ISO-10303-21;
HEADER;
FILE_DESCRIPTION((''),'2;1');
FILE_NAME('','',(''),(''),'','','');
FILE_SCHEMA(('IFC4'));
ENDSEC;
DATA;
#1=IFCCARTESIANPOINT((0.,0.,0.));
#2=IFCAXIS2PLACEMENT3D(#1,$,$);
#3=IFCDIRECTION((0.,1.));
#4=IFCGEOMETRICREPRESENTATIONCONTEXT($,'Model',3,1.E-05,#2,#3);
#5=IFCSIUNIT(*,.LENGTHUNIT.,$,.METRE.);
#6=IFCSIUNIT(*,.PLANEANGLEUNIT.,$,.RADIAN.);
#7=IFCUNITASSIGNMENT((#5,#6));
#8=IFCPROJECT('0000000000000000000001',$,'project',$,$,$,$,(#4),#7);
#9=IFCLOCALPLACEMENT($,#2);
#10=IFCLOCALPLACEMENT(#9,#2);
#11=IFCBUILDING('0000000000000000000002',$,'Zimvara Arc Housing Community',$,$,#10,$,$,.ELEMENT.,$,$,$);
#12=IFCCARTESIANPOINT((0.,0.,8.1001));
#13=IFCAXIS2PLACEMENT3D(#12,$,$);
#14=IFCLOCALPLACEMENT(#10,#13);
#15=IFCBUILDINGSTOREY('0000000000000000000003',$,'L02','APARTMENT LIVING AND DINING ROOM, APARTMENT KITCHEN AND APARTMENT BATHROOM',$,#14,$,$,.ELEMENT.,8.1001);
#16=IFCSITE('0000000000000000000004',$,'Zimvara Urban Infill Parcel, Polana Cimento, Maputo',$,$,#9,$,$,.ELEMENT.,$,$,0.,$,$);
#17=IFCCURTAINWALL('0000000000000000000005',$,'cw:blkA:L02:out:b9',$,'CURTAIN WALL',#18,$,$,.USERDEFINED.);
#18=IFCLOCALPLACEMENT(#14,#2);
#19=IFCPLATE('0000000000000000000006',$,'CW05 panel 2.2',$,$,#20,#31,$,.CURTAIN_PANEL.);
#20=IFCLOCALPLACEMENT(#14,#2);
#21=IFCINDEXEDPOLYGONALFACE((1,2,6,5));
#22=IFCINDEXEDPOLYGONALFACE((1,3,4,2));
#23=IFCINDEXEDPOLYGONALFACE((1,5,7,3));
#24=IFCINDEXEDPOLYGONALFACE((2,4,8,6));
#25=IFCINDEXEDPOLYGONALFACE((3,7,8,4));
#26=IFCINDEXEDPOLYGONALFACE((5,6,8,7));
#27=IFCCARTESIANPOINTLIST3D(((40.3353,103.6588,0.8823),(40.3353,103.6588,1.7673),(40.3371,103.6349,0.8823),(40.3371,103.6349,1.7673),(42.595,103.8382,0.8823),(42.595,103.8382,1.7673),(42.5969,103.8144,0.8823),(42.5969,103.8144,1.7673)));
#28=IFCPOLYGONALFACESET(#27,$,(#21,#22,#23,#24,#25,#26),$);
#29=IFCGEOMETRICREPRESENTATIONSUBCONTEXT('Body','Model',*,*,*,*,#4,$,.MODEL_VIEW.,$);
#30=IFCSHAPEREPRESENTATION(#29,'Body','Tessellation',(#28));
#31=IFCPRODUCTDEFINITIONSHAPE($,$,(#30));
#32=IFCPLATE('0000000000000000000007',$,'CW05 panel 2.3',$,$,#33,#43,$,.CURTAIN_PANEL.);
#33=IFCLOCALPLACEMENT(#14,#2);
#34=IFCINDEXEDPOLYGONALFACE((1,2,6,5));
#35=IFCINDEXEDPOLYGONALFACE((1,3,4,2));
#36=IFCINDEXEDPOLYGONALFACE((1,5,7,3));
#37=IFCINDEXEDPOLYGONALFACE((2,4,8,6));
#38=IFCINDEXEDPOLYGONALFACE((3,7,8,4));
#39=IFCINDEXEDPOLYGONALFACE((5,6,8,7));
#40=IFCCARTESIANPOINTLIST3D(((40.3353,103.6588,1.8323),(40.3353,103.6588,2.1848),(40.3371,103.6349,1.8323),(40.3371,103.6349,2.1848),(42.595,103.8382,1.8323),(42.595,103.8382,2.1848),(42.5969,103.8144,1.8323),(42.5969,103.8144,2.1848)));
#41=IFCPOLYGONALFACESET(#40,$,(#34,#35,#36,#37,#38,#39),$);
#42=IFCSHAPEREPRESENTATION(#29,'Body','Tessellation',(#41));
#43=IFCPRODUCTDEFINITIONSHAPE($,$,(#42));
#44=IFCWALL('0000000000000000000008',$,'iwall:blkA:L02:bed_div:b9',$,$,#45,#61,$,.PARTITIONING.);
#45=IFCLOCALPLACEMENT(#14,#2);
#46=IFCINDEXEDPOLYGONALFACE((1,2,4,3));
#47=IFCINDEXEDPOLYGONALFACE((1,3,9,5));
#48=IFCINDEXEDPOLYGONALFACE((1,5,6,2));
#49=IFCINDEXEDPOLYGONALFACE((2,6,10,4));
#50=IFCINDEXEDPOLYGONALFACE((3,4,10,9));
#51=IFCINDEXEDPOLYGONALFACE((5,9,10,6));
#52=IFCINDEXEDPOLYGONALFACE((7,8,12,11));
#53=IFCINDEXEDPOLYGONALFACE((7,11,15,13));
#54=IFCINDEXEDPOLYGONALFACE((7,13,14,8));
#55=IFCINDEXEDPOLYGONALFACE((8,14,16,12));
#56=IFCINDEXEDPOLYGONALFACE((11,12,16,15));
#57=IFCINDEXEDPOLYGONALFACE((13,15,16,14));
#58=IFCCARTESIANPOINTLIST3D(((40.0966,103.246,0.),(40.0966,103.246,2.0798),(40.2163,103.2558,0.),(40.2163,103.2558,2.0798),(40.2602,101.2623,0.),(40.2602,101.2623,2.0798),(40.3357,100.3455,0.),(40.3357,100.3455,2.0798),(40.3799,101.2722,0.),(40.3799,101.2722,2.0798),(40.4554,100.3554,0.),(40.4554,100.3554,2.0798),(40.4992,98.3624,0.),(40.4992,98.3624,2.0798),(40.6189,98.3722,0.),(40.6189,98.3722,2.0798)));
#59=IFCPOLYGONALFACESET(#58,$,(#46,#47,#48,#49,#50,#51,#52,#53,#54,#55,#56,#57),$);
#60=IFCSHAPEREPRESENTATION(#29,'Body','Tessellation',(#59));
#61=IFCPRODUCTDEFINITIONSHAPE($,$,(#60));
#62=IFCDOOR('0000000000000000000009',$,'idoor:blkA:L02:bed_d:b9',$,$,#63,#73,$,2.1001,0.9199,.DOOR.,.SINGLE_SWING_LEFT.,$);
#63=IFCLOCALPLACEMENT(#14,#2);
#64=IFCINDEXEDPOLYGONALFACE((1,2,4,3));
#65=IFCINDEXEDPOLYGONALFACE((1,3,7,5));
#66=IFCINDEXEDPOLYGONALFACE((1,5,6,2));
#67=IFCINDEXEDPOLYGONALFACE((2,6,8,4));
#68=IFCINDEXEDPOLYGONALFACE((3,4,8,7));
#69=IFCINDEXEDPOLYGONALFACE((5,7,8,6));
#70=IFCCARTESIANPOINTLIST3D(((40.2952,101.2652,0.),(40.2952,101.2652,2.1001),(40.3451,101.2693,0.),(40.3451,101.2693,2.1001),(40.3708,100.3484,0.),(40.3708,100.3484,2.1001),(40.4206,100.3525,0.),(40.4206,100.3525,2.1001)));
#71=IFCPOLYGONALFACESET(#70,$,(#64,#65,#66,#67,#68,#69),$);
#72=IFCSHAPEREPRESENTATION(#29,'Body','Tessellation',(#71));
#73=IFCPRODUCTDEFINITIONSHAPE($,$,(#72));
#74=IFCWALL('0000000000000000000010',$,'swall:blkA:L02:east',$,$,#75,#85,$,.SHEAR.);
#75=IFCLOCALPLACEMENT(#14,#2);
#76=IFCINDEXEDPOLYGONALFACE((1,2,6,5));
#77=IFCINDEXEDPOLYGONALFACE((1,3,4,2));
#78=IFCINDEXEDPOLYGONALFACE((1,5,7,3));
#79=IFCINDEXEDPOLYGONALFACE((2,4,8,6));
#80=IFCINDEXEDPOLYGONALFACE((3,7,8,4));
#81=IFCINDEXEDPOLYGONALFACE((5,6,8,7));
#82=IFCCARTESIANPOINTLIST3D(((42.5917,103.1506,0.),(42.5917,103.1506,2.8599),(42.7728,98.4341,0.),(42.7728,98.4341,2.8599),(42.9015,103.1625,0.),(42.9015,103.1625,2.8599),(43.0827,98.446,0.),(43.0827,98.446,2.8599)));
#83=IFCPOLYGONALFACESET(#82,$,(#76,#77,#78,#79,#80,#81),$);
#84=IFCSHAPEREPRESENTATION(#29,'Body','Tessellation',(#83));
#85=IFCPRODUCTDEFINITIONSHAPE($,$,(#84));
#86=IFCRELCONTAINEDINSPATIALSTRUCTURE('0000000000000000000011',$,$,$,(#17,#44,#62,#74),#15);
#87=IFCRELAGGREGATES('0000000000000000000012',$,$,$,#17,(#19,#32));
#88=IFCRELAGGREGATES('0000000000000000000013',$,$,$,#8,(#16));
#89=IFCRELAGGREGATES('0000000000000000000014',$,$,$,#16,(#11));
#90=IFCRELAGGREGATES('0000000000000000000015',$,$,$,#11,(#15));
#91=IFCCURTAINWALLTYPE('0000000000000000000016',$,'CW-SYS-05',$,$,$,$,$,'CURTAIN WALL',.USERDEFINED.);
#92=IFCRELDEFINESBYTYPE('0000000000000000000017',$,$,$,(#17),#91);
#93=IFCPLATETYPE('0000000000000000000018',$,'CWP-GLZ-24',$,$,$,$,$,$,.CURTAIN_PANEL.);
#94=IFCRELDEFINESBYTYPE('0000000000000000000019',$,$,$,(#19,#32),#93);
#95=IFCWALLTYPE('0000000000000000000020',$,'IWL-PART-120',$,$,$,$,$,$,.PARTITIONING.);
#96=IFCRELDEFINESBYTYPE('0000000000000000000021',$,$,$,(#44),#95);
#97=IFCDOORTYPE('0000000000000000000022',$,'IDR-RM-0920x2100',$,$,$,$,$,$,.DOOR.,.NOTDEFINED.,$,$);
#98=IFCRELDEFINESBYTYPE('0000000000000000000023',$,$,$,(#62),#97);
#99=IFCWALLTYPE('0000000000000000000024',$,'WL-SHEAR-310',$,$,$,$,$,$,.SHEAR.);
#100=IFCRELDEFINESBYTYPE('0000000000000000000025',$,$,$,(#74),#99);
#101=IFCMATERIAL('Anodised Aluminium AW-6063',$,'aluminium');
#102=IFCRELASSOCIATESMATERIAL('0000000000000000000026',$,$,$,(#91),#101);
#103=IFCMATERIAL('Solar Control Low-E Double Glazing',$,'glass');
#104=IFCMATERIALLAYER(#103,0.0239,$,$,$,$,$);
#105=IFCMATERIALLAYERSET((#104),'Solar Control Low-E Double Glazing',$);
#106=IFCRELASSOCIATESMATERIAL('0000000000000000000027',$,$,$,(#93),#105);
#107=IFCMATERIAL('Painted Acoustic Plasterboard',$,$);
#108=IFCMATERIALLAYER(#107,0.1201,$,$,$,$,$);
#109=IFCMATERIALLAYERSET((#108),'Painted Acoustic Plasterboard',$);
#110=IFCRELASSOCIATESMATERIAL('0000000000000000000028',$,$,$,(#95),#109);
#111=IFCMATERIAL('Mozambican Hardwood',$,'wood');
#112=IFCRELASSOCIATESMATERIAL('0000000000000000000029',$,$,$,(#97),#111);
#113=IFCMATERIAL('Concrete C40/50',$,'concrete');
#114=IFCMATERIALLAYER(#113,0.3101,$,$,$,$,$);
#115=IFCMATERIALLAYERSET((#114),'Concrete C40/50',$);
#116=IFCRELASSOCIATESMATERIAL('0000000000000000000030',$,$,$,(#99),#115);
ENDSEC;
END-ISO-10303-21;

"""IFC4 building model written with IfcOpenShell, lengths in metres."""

from ifc_helpers import new_model, si_unit, direction, frame, frame_2d, origin, origin_2d, place, context, subcontext, project, spatial, rectangle, extrude, material, layer, layer_set, type_object, element, fill, aggregate, save


model = new_model("IFC4")

# Units and contexts
model_context = context("Model", 3, precision=1e-05, world=origin(), true_north=direction((0.0, 1.0)))
body_context = subcontext(model_context, "Body", "Model", "MODEL_VIEW")
ifc_project = project(units=[si_unit("LENGTHUNIT", "METRE"), si_unit("PLANEANGLEUNIT", "RADIAN")], contexts=[model_context])

# Site, building, storey
site_placement = place(None, origin())
site = spatial("IfcSite", under=ifc_project, at=site_placement, Name="Zimvara Urban Infill Parcel, Polana Cimento, Maputo", CompositionType="ELEMENT", RefElevation=0.0)
building_placement = place(site_placement, origin())
building = spatial("IfcBuilding", under=site, at=building_placement, Name="Zimvara Arc Housing Community", CompositionType="ELEMENT")
storey_placement = place(building_placement, frame((0.0, 0.0, 8.1001)))
storey = spatial("IfcBuildingStorey", under=building, at=storey_placement, Name="L02", Description="APARTMENT LIVING AND DINING ROOM, APARTMENT KITCHEN AND APARTMENT BATHROOM", CompositionType="ELEMENT", Elevation=8.1001)

# Curtain wall, plates
ifc_material_1 = material(Name="Anodised Aluminium AW-6063", Category="aluminium")
curtain_wall_type = type_object("IfcCurtainWallType", Name="CW-SYS-05", ElementType="CURTAIN WALL", PredefinedType="USERDEFINED", material=ifc_material_1)
curtain_wall_placement = place(storey_placement, origin())
curtain_wall = element("IfcCurtainWall", 1, at=curtain_wall_placement, inside=storey, type_object=curtain_wall_type, Name="cw:blkA:L02:out:b9", ObjectType="CURTAIN WALL", PredefinedType="USERDEFINED")
ifc_material_2 = material(Name="Solar Control Low-E Double Glazing", Category="glass")
ifc_layer_1 = layer(ifc_material_2, 0.0239)
ifc_layer_set_1 = layer_set([ifc_layer_1], Name="Solar Control Low-E Double Glazing")
plate_type = type_object("IfcPlateType", Name="CWP-GLZ-24", PredefinedType="CURTAIN_PANEL", material=ifc_layer_set_1)
plate_1_placement = place(storey_placement, frame((41.4661, 103.7366, 0.8823), z_axis=(0.0, 0.0, 1.0), x_axis=(0.996862, 0.079154, 0.0)))
plate_1 = element("IfcPlate", 2, at=plate_1_placement, type_object=plate_type, Name="CW05 panel 2.2", PredefinedType="CURTAIN_PANEL", context=body_context, shape_type="SweptSolid", body=[
    extrude(rectangle(XDim=2.2668, YDim=0.0239, at=origin_2d()), origin(), (0.0, 0.0, 1.0), 0.885),
])
plate_2_placement = place(storey_placement, frame((41.4661, 103.7366, 1.8323), z_axis=(0.0, 0.0, 1.0), x_axis=(0.996862, 0.079154, 0.0)))
plate_2 = element("IfcPlate", 3, at=plate_2_placement, type_object=plate_type, Name="CW05 panel 2.3", PredefinedType="CURTAIN_PANEL", context=body_context, shape_type="SweptSolid", body=[
    extrude(rectangle(XDim=2.2668, YDim=0.0239, at=origin_2d()), origin(), (0.0, 0.0, 1.0), 0.3525),
])
aggregate(curtain_wall, [plate_1, plate_2])

# Wall, opening, door
ifc_material_3 = material(Name="Painted Acoustic Plasterboard")
ifc_layer_2 = layer(ifc_material_3, 0.1201)
ifc_layer_set_2 = layer_set([ifc_layer_2], Name="Painted Acoustic Plasterboard")
wall_type_1 = type_object("IfcWallType", Name="IWL-PART-120", PredefinedType="PARTITIONING", material=ifc_layer_set_2)
wall_1_placement = place(storey_placement, frame((40.5591, 98.3672, 0.0), z_axis=(0.0, 0.0, 1.0), x_axis=(-0.082159, 0.996619, 0.0)))
wall_1 = element("IfcWall", 4, at=wall_1_placement, inside=storey, type_object=wall_type_1, Name="iwall:blkA:L02:bed_div:b9", PredefinedType="PARTITIONING", context=body_context, shape_type="SweptSolid", body=[
    extrude(rectangle(XDim=4.9001, YDim=0.1201, at=frame_2d((2.4502, 0.0))), origin(), (0.0, 0.0, 1.0), 2.0798),
])
opening_placement = place(wall_1_placement, frame((1.99, 0.0, 0.0)))
opening = element("IfcOpeningElement", 5, at=opening_placement, cuts=wall_1, PredefinedType="OPENING", context=body_context, shape_type="SweptSolid", body=[
    extrude(rectangle(XDim=0.9199, YDim=2.1001, at=frame_2d((0.46, 1.05))), frame((0.0, 0.0701, 0.0), z_axis=(0.0, -1.0, 0.0), x_axis=(1.0, 0.0, 0.0)), (0.0, 0.0, 1.0), 0.1401),
])
ifc_material_4 = material(Name="Mozambican Hardwood", Category="wood")
door_type = type_object("IfcDoorType", Name="IDR-RM-0920x2100", OperationType="NOTDEFINED", PredefinedType="DOOR", material=ifc_material_4)
door_placement = place(opening_placement, origin())
door = element("IfcDoor", 6, at=door_placement, inside=storey, type_object=door_type, Name="idoor:blkA:L02:bed_d:b9", OperationType="SINGLE_SWING_LEFT", OverallHeight=2.1001, OverallWidth=0.9199, PredefinedType="DOOR", context=body_context, shape_type="SweptSolid", body=[
    extrude(rectangle(XDim=0.9199, YDim=2.1001, at=frame_2d((0.46, 1.05))), frame((0.0, 0.0249, 0.0), z_axis=(0.0, -1.0, 0.0), x_axis=(1.0, 0.0, 0.0)), (0.0, 0.0, 1.0), 0.05),
])
fill(opening, door)

# Wall
ifc_material_5 = material(Name="Concrete C40/50", Category="concrete")
ifc_layer_3 = layer(ifc_material_5, 0.3101)
ifc_layer_set_3 = layer_set([ifc_layer_3], Name="Concrete C40/50")
wall_type_2 = type_object("IfcWallType", Name="WL-SHEAR-310", PredefinedType="SHEAR", material=ifc_layer_set_3)
wall_2_placement = place(storey_placement, frame((42.9277, 98.4402, 0.0), z_axis=(0.0, 0.0, 1.0), x_axis=(-0.038379, 0.999263, 0.0)))
element("IfcWall", 7, at=wall_2_placement, inside=storey, type_object=wall_type_2, Name="swall:blkA:L02:east", PredefinedType="SHEAR", context=body_context, shape_type="SweptSolid", body=[
    extrude(rectangle(XDim=4.72, YDim=0.3101, at=frame_2d((2.3599, 0.0))), origin(), (0.0, 0.0, 1.0), 2.8599),
])

save(model, "model.ifc")
